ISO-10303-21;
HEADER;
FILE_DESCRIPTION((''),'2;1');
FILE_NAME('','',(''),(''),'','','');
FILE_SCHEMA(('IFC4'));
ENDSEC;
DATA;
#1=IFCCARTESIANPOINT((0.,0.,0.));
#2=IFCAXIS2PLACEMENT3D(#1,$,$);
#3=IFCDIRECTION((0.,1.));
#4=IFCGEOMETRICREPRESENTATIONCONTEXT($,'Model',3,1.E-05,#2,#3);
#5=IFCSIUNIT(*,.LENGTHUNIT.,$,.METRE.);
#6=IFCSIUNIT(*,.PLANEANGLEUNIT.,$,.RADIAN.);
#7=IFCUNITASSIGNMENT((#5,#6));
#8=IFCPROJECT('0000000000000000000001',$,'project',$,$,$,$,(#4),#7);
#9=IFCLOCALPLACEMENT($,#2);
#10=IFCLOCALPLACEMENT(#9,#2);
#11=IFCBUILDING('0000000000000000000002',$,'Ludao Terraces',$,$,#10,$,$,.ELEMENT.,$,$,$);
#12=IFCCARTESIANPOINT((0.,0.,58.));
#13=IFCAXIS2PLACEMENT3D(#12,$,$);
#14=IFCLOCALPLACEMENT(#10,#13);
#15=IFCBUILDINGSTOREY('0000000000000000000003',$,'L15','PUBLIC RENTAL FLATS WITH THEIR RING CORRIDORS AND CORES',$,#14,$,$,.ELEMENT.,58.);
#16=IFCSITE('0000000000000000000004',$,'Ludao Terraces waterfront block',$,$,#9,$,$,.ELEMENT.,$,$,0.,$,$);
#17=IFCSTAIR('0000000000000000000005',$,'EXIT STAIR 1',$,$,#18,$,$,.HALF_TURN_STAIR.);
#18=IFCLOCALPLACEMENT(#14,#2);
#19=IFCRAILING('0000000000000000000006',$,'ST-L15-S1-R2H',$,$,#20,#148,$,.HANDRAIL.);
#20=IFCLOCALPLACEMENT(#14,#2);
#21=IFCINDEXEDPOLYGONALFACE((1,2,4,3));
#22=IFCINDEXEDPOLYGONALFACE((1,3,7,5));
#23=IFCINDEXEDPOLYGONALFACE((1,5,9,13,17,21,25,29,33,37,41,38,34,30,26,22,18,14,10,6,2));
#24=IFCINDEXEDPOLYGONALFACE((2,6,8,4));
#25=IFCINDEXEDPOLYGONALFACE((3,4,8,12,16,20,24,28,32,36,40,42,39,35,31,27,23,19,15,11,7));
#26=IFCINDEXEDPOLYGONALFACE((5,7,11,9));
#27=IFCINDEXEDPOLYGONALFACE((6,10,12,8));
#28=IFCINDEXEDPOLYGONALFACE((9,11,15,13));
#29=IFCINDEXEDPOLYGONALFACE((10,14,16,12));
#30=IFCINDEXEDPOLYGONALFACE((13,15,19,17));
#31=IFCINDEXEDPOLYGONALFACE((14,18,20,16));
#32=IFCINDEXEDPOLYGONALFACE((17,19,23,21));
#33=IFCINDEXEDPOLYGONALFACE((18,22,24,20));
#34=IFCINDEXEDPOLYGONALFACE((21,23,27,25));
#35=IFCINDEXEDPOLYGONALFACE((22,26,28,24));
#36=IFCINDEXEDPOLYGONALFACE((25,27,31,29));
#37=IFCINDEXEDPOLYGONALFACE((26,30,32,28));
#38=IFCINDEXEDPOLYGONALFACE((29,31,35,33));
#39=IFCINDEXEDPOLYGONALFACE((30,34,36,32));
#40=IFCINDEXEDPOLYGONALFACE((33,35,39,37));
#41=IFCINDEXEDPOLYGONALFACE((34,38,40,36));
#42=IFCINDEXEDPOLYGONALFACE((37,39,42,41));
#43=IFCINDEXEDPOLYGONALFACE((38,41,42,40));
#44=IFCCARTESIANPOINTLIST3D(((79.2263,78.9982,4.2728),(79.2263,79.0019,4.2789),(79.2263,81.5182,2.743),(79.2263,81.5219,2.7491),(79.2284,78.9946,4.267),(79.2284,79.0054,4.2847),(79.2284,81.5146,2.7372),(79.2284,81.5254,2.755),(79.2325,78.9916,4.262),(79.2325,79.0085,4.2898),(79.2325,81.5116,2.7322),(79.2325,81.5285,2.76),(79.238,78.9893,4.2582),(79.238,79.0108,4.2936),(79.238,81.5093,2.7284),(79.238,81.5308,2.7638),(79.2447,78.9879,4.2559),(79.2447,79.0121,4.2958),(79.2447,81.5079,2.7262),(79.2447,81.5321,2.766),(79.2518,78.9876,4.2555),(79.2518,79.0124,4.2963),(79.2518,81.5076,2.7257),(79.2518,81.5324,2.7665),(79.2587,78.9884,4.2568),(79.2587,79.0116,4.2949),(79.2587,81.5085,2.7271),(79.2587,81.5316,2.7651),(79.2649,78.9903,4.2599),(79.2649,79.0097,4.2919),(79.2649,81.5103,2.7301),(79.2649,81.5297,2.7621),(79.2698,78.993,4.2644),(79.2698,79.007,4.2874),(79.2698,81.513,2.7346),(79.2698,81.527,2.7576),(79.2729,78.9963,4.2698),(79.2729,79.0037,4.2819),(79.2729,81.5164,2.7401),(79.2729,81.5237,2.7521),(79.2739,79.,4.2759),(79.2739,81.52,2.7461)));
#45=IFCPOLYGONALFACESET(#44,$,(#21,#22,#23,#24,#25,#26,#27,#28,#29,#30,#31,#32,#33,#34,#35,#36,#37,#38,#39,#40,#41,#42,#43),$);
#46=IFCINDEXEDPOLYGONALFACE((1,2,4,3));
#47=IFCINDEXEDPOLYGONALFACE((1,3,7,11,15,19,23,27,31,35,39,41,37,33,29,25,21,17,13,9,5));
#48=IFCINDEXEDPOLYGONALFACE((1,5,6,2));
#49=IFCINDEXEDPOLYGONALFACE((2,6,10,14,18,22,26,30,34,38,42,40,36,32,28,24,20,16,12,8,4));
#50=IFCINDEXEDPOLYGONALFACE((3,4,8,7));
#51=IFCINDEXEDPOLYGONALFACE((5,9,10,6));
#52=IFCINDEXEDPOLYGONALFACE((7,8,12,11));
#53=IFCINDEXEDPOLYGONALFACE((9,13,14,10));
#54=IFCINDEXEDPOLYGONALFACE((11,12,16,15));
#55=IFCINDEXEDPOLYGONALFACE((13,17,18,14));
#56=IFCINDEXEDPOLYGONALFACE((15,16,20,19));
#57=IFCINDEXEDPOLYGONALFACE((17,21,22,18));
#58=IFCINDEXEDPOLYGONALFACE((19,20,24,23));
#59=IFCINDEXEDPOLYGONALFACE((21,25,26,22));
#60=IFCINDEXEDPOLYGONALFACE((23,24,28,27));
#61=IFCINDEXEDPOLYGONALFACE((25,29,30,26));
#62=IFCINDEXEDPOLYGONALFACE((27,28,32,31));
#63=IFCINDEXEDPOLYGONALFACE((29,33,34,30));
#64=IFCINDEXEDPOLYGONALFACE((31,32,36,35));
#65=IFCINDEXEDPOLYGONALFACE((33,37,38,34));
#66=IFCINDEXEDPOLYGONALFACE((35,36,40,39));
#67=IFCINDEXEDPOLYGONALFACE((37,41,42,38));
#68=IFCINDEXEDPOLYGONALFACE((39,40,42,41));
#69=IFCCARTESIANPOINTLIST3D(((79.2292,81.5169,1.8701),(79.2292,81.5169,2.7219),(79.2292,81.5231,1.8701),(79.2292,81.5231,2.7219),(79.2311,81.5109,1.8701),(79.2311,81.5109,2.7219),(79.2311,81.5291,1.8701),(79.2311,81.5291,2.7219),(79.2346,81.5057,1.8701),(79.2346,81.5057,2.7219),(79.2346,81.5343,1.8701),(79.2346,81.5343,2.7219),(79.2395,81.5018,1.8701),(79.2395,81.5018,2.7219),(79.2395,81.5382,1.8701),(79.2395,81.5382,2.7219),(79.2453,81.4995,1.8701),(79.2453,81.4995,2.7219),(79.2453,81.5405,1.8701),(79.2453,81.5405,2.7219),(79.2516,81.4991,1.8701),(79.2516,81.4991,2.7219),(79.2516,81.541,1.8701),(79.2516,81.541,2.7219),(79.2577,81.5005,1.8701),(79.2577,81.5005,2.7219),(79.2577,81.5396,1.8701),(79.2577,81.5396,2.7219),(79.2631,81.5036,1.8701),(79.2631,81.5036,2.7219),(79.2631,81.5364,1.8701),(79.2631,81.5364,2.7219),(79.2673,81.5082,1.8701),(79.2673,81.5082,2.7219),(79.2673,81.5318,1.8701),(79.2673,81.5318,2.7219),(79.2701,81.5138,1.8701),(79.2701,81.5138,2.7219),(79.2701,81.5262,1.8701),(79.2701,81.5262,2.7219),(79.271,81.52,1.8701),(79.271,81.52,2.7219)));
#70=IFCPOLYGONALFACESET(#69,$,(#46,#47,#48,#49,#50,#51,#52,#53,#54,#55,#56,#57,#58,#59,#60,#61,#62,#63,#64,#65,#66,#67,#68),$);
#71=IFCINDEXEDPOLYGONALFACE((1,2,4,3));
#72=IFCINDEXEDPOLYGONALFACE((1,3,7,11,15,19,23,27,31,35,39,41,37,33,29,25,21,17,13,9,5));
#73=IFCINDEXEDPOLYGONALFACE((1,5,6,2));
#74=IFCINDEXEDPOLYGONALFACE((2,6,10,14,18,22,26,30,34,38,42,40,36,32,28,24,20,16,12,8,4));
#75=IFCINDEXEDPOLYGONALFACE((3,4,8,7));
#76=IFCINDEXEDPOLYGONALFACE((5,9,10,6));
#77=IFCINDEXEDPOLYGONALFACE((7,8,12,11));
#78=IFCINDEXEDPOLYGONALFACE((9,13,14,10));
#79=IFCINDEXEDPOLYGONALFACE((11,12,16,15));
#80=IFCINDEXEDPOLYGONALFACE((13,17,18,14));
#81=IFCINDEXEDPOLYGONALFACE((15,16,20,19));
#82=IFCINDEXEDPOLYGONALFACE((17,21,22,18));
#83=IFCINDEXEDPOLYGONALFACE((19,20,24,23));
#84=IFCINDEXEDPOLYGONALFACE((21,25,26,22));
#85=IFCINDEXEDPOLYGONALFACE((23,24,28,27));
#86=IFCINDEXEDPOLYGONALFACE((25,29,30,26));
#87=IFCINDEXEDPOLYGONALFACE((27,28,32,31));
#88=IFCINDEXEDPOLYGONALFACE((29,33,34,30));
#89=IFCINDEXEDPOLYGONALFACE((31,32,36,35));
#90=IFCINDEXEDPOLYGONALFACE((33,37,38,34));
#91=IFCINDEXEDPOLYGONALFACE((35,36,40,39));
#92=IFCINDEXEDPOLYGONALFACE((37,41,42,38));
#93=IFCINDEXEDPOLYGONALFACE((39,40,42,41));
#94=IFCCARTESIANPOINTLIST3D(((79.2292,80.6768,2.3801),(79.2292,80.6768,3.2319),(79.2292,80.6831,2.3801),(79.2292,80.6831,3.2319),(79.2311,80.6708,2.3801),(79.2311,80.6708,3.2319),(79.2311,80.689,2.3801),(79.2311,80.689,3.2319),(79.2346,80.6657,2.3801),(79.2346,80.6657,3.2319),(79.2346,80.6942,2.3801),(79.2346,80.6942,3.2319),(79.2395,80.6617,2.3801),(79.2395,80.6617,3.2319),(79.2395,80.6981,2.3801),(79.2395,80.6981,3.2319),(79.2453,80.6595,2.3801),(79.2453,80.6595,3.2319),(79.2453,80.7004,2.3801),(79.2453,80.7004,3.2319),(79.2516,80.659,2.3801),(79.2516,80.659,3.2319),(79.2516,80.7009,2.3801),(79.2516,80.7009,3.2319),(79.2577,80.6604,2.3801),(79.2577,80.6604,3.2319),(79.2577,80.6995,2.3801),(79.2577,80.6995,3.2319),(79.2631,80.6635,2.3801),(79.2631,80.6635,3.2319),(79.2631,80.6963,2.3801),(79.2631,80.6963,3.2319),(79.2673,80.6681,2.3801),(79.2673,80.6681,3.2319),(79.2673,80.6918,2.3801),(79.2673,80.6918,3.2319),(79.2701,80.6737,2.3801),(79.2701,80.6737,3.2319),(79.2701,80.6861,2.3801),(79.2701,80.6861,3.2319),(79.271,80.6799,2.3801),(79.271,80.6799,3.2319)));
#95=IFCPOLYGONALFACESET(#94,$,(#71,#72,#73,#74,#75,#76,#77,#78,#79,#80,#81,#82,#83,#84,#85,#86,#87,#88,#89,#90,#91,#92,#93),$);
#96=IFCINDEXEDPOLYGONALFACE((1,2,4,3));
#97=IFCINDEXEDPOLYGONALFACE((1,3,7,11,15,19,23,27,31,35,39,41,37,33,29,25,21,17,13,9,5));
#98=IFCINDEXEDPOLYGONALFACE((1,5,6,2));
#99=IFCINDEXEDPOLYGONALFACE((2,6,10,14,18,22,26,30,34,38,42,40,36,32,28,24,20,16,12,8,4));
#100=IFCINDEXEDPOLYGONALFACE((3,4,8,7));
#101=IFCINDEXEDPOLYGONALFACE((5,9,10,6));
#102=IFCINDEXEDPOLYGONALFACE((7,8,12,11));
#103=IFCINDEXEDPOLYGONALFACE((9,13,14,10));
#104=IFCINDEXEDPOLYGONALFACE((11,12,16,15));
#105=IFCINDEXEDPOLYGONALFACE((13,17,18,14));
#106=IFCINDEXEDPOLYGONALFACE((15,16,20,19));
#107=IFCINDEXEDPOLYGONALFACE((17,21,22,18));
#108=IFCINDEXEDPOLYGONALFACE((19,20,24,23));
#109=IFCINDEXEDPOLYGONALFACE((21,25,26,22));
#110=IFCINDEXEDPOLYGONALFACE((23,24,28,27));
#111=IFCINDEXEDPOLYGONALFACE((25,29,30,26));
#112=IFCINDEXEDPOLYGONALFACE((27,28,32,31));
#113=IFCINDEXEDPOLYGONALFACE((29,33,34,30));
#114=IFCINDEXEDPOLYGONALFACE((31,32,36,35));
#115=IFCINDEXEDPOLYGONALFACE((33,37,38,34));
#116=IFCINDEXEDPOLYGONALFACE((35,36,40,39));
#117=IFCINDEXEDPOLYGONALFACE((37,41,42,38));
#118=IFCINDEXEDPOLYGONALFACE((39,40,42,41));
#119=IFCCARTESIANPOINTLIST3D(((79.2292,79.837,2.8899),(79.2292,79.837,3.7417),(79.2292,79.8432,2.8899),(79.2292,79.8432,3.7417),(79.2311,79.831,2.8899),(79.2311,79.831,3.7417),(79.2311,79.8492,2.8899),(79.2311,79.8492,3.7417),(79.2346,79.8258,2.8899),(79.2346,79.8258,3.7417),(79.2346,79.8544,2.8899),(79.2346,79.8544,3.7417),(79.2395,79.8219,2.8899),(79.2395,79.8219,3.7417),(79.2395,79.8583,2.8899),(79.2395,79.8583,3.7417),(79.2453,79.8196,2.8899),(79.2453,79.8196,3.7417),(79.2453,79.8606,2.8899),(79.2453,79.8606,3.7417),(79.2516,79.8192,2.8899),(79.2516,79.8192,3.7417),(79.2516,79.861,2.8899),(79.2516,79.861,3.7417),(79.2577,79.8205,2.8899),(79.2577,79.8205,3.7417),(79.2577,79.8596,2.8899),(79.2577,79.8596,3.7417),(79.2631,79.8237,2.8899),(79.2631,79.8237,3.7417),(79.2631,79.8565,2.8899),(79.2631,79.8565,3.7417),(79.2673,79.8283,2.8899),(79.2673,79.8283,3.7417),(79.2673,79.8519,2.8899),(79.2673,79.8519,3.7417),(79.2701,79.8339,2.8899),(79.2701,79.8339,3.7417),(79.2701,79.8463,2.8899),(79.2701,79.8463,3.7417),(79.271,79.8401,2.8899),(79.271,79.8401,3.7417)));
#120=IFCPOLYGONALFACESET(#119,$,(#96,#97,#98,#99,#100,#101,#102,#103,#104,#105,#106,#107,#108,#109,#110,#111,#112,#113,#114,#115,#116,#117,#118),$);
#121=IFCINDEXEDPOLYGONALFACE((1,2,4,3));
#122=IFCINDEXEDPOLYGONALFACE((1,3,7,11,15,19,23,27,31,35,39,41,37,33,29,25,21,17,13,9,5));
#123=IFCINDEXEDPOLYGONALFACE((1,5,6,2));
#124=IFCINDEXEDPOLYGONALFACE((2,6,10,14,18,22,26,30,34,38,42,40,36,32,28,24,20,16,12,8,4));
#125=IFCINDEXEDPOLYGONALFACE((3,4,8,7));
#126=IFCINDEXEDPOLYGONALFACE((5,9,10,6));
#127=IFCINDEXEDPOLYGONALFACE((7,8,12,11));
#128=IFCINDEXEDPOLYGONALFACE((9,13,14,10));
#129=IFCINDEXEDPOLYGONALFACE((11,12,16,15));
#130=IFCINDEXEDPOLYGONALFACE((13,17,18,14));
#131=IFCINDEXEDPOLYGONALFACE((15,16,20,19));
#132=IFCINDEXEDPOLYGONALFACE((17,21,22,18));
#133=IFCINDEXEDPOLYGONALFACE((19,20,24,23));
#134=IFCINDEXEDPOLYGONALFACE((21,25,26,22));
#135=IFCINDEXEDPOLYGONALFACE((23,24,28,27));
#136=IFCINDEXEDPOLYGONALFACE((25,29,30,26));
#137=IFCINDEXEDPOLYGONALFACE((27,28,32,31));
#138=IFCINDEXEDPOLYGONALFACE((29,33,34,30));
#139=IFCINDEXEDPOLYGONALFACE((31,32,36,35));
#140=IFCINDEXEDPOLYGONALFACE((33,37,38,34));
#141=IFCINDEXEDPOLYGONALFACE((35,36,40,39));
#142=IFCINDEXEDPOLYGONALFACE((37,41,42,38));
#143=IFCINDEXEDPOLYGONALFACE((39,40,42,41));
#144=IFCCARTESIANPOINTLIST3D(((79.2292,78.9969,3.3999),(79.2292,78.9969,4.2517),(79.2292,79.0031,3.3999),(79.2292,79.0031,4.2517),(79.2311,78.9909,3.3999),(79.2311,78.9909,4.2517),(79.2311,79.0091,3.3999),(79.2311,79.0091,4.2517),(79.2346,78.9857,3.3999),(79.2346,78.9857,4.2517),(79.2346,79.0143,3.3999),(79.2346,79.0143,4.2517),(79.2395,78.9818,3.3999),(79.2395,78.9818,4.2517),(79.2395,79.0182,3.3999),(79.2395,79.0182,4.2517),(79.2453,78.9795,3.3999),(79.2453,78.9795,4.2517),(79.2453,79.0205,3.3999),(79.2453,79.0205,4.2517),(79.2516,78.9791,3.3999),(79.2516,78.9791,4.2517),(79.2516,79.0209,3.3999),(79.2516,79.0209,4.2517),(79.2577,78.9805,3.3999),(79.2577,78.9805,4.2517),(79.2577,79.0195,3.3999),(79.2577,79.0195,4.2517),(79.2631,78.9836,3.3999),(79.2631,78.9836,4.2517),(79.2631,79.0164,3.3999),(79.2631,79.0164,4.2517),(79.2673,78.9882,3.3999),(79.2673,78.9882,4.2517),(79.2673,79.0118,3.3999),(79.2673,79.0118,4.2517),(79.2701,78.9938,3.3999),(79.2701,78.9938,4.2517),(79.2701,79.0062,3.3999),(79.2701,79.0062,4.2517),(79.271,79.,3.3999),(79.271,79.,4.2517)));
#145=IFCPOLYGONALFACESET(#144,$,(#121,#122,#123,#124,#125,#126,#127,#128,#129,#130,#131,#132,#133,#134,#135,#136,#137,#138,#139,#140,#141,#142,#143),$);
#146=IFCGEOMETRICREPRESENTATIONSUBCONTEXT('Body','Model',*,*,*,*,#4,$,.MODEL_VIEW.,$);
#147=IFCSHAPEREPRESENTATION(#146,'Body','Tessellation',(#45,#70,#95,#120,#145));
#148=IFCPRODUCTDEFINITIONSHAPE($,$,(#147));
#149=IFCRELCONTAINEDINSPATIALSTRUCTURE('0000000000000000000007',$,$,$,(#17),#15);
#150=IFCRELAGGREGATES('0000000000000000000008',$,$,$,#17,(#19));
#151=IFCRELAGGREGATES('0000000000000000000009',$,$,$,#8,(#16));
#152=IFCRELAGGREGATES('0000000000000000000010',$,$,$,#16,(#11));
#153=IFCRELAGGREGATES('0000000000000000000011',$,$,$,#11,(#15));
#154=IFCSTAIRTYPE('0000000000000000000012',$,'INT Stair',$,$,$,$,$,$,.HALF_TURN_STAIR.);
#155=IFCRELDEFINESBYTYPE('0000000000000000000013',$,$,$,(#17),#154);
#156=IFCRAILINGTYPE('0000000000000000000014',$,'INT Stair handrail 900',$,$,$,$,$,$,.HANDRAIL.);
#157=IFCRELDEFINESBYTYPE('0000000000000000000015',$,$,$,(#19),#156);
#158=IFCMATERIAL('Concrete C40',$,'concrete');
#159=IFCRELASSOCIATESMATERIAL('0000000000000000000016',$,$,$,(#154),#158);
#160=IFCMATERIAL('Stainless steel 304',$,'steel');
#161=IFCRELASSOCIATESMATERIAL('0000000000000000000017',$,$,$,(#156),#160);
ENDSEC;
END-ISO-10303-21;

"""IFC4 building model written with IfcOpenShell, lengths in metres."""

from ifc_helpers import new_model, si_unit, direction, frame, origin, origin_2d, place, context, subcontext, project, spatial, circle, extrude, material, type_object, element, aggregate, save


model = new_model("IFC4")

# Units and contexts
model_context = context("Model", 3, precision=1e-05, world=origin(), true_north=direction((0.0, 1.0)))
body_context = subcontext(model_context, "Body", "Model", "MODEL_VIEW")
ifc_project = project(units=[si_unit("LENGTHUNIT", "METRE"), si_unit("PLANEANGLEUNIT", "RADIAN")], contexts=[model_context])

# Site, building, storey
site_placement = place(None, origin())
site = spatial("IfcSite", under=ifc_project, at=site_placement, Name="Ludao Terraces waterfront block", CompositionType="ELEMENT", RefElevation=0.0)
building_placement = place(site_placement, origin())
building = spatial("IfcBuilding", under=site, at=building_placement, Name="Ludao Terraces", CompositionType="ELEMENT")
storey_placement = place(building_placement, frame((0.0, 0.0, 58.0)))
storey = spatial("IfcBuildingStorey", under=building, at=storey_placement, Name="L15", Description="PUBLIC RENTAL FLATS WITH THEIR RING CORRIDORS AND CORES", CompositionType="ELEMENT", Elevation=58.0)

# Shared definitions
ifc_material_1 = material(Name="Concrete C40", Category="concrete")

# Shared definitions
ifc_material_2 = material(Name="Stainless steel 304", Category="steel")

# Stair, railing
stair_type = type_object("IfcStairType", Name="INT Stair", PredefinedType="HALF_TURN_STAIR", material=ifc_material_1)
stair_placement = place(storey_placement, origin())
stair = element("IfcStair", 1, at=stair_placement, inside=storey, type_object=stair_type, Name="EXIT STAIR 1", PredefinedType="HALF_TURN_STAIR")
railing_type_1 = type_object("IfcRailingType", Name="INT Stair handrail 900", PredefinedType="HANDRAIL", material=ifc_material_2)
railing_1_placement = place(storey_placement, frame((79.25, 81.52, 1.8701)))
railing_1 = element("IfcRailing", 2, at=railing_1_placement, type_object=railing_type_1, Name="ST-L15-S1-R2H", PredefinedType="HANDRAIL", context=body_context, shape_type="SweptSolid", body=[
    extrude(circle(Radius=0.0239, at=origin_2d()), frame((0.0, 0.0, 0.876), z_axis=(0.0, -0.854822, 0.518922), x_axis=(1.0, 0.0, 0.0)), (0.0, 0.0, 1.0), 2.948),
    extrude(circle(Radius=0.021, at=origin_2d()), origin(), (0.0, 0.0, 1.0), 0.8518),
    extrude(circle(Radius=0.021, at=origin_2d()), frame((0.0, -0.8401, 0.51)), (0.0, 0.0, 1.0), 0.8518),
    extrude(circle(Radius=0.021, at=origin_2d()), frame((0.0, -1.6799, 1.0198)), (0.0, 0.0, 1.0), 0.8518),
    extrude(circle(Radius=0.021, at=origin_2d()), frame((0.0, -2.52, 1.5298)), (0.0, 0.0, 1.0), 0.8518),
])
aggregate(stair, [railing_1])

save(model, "model.ifc")
